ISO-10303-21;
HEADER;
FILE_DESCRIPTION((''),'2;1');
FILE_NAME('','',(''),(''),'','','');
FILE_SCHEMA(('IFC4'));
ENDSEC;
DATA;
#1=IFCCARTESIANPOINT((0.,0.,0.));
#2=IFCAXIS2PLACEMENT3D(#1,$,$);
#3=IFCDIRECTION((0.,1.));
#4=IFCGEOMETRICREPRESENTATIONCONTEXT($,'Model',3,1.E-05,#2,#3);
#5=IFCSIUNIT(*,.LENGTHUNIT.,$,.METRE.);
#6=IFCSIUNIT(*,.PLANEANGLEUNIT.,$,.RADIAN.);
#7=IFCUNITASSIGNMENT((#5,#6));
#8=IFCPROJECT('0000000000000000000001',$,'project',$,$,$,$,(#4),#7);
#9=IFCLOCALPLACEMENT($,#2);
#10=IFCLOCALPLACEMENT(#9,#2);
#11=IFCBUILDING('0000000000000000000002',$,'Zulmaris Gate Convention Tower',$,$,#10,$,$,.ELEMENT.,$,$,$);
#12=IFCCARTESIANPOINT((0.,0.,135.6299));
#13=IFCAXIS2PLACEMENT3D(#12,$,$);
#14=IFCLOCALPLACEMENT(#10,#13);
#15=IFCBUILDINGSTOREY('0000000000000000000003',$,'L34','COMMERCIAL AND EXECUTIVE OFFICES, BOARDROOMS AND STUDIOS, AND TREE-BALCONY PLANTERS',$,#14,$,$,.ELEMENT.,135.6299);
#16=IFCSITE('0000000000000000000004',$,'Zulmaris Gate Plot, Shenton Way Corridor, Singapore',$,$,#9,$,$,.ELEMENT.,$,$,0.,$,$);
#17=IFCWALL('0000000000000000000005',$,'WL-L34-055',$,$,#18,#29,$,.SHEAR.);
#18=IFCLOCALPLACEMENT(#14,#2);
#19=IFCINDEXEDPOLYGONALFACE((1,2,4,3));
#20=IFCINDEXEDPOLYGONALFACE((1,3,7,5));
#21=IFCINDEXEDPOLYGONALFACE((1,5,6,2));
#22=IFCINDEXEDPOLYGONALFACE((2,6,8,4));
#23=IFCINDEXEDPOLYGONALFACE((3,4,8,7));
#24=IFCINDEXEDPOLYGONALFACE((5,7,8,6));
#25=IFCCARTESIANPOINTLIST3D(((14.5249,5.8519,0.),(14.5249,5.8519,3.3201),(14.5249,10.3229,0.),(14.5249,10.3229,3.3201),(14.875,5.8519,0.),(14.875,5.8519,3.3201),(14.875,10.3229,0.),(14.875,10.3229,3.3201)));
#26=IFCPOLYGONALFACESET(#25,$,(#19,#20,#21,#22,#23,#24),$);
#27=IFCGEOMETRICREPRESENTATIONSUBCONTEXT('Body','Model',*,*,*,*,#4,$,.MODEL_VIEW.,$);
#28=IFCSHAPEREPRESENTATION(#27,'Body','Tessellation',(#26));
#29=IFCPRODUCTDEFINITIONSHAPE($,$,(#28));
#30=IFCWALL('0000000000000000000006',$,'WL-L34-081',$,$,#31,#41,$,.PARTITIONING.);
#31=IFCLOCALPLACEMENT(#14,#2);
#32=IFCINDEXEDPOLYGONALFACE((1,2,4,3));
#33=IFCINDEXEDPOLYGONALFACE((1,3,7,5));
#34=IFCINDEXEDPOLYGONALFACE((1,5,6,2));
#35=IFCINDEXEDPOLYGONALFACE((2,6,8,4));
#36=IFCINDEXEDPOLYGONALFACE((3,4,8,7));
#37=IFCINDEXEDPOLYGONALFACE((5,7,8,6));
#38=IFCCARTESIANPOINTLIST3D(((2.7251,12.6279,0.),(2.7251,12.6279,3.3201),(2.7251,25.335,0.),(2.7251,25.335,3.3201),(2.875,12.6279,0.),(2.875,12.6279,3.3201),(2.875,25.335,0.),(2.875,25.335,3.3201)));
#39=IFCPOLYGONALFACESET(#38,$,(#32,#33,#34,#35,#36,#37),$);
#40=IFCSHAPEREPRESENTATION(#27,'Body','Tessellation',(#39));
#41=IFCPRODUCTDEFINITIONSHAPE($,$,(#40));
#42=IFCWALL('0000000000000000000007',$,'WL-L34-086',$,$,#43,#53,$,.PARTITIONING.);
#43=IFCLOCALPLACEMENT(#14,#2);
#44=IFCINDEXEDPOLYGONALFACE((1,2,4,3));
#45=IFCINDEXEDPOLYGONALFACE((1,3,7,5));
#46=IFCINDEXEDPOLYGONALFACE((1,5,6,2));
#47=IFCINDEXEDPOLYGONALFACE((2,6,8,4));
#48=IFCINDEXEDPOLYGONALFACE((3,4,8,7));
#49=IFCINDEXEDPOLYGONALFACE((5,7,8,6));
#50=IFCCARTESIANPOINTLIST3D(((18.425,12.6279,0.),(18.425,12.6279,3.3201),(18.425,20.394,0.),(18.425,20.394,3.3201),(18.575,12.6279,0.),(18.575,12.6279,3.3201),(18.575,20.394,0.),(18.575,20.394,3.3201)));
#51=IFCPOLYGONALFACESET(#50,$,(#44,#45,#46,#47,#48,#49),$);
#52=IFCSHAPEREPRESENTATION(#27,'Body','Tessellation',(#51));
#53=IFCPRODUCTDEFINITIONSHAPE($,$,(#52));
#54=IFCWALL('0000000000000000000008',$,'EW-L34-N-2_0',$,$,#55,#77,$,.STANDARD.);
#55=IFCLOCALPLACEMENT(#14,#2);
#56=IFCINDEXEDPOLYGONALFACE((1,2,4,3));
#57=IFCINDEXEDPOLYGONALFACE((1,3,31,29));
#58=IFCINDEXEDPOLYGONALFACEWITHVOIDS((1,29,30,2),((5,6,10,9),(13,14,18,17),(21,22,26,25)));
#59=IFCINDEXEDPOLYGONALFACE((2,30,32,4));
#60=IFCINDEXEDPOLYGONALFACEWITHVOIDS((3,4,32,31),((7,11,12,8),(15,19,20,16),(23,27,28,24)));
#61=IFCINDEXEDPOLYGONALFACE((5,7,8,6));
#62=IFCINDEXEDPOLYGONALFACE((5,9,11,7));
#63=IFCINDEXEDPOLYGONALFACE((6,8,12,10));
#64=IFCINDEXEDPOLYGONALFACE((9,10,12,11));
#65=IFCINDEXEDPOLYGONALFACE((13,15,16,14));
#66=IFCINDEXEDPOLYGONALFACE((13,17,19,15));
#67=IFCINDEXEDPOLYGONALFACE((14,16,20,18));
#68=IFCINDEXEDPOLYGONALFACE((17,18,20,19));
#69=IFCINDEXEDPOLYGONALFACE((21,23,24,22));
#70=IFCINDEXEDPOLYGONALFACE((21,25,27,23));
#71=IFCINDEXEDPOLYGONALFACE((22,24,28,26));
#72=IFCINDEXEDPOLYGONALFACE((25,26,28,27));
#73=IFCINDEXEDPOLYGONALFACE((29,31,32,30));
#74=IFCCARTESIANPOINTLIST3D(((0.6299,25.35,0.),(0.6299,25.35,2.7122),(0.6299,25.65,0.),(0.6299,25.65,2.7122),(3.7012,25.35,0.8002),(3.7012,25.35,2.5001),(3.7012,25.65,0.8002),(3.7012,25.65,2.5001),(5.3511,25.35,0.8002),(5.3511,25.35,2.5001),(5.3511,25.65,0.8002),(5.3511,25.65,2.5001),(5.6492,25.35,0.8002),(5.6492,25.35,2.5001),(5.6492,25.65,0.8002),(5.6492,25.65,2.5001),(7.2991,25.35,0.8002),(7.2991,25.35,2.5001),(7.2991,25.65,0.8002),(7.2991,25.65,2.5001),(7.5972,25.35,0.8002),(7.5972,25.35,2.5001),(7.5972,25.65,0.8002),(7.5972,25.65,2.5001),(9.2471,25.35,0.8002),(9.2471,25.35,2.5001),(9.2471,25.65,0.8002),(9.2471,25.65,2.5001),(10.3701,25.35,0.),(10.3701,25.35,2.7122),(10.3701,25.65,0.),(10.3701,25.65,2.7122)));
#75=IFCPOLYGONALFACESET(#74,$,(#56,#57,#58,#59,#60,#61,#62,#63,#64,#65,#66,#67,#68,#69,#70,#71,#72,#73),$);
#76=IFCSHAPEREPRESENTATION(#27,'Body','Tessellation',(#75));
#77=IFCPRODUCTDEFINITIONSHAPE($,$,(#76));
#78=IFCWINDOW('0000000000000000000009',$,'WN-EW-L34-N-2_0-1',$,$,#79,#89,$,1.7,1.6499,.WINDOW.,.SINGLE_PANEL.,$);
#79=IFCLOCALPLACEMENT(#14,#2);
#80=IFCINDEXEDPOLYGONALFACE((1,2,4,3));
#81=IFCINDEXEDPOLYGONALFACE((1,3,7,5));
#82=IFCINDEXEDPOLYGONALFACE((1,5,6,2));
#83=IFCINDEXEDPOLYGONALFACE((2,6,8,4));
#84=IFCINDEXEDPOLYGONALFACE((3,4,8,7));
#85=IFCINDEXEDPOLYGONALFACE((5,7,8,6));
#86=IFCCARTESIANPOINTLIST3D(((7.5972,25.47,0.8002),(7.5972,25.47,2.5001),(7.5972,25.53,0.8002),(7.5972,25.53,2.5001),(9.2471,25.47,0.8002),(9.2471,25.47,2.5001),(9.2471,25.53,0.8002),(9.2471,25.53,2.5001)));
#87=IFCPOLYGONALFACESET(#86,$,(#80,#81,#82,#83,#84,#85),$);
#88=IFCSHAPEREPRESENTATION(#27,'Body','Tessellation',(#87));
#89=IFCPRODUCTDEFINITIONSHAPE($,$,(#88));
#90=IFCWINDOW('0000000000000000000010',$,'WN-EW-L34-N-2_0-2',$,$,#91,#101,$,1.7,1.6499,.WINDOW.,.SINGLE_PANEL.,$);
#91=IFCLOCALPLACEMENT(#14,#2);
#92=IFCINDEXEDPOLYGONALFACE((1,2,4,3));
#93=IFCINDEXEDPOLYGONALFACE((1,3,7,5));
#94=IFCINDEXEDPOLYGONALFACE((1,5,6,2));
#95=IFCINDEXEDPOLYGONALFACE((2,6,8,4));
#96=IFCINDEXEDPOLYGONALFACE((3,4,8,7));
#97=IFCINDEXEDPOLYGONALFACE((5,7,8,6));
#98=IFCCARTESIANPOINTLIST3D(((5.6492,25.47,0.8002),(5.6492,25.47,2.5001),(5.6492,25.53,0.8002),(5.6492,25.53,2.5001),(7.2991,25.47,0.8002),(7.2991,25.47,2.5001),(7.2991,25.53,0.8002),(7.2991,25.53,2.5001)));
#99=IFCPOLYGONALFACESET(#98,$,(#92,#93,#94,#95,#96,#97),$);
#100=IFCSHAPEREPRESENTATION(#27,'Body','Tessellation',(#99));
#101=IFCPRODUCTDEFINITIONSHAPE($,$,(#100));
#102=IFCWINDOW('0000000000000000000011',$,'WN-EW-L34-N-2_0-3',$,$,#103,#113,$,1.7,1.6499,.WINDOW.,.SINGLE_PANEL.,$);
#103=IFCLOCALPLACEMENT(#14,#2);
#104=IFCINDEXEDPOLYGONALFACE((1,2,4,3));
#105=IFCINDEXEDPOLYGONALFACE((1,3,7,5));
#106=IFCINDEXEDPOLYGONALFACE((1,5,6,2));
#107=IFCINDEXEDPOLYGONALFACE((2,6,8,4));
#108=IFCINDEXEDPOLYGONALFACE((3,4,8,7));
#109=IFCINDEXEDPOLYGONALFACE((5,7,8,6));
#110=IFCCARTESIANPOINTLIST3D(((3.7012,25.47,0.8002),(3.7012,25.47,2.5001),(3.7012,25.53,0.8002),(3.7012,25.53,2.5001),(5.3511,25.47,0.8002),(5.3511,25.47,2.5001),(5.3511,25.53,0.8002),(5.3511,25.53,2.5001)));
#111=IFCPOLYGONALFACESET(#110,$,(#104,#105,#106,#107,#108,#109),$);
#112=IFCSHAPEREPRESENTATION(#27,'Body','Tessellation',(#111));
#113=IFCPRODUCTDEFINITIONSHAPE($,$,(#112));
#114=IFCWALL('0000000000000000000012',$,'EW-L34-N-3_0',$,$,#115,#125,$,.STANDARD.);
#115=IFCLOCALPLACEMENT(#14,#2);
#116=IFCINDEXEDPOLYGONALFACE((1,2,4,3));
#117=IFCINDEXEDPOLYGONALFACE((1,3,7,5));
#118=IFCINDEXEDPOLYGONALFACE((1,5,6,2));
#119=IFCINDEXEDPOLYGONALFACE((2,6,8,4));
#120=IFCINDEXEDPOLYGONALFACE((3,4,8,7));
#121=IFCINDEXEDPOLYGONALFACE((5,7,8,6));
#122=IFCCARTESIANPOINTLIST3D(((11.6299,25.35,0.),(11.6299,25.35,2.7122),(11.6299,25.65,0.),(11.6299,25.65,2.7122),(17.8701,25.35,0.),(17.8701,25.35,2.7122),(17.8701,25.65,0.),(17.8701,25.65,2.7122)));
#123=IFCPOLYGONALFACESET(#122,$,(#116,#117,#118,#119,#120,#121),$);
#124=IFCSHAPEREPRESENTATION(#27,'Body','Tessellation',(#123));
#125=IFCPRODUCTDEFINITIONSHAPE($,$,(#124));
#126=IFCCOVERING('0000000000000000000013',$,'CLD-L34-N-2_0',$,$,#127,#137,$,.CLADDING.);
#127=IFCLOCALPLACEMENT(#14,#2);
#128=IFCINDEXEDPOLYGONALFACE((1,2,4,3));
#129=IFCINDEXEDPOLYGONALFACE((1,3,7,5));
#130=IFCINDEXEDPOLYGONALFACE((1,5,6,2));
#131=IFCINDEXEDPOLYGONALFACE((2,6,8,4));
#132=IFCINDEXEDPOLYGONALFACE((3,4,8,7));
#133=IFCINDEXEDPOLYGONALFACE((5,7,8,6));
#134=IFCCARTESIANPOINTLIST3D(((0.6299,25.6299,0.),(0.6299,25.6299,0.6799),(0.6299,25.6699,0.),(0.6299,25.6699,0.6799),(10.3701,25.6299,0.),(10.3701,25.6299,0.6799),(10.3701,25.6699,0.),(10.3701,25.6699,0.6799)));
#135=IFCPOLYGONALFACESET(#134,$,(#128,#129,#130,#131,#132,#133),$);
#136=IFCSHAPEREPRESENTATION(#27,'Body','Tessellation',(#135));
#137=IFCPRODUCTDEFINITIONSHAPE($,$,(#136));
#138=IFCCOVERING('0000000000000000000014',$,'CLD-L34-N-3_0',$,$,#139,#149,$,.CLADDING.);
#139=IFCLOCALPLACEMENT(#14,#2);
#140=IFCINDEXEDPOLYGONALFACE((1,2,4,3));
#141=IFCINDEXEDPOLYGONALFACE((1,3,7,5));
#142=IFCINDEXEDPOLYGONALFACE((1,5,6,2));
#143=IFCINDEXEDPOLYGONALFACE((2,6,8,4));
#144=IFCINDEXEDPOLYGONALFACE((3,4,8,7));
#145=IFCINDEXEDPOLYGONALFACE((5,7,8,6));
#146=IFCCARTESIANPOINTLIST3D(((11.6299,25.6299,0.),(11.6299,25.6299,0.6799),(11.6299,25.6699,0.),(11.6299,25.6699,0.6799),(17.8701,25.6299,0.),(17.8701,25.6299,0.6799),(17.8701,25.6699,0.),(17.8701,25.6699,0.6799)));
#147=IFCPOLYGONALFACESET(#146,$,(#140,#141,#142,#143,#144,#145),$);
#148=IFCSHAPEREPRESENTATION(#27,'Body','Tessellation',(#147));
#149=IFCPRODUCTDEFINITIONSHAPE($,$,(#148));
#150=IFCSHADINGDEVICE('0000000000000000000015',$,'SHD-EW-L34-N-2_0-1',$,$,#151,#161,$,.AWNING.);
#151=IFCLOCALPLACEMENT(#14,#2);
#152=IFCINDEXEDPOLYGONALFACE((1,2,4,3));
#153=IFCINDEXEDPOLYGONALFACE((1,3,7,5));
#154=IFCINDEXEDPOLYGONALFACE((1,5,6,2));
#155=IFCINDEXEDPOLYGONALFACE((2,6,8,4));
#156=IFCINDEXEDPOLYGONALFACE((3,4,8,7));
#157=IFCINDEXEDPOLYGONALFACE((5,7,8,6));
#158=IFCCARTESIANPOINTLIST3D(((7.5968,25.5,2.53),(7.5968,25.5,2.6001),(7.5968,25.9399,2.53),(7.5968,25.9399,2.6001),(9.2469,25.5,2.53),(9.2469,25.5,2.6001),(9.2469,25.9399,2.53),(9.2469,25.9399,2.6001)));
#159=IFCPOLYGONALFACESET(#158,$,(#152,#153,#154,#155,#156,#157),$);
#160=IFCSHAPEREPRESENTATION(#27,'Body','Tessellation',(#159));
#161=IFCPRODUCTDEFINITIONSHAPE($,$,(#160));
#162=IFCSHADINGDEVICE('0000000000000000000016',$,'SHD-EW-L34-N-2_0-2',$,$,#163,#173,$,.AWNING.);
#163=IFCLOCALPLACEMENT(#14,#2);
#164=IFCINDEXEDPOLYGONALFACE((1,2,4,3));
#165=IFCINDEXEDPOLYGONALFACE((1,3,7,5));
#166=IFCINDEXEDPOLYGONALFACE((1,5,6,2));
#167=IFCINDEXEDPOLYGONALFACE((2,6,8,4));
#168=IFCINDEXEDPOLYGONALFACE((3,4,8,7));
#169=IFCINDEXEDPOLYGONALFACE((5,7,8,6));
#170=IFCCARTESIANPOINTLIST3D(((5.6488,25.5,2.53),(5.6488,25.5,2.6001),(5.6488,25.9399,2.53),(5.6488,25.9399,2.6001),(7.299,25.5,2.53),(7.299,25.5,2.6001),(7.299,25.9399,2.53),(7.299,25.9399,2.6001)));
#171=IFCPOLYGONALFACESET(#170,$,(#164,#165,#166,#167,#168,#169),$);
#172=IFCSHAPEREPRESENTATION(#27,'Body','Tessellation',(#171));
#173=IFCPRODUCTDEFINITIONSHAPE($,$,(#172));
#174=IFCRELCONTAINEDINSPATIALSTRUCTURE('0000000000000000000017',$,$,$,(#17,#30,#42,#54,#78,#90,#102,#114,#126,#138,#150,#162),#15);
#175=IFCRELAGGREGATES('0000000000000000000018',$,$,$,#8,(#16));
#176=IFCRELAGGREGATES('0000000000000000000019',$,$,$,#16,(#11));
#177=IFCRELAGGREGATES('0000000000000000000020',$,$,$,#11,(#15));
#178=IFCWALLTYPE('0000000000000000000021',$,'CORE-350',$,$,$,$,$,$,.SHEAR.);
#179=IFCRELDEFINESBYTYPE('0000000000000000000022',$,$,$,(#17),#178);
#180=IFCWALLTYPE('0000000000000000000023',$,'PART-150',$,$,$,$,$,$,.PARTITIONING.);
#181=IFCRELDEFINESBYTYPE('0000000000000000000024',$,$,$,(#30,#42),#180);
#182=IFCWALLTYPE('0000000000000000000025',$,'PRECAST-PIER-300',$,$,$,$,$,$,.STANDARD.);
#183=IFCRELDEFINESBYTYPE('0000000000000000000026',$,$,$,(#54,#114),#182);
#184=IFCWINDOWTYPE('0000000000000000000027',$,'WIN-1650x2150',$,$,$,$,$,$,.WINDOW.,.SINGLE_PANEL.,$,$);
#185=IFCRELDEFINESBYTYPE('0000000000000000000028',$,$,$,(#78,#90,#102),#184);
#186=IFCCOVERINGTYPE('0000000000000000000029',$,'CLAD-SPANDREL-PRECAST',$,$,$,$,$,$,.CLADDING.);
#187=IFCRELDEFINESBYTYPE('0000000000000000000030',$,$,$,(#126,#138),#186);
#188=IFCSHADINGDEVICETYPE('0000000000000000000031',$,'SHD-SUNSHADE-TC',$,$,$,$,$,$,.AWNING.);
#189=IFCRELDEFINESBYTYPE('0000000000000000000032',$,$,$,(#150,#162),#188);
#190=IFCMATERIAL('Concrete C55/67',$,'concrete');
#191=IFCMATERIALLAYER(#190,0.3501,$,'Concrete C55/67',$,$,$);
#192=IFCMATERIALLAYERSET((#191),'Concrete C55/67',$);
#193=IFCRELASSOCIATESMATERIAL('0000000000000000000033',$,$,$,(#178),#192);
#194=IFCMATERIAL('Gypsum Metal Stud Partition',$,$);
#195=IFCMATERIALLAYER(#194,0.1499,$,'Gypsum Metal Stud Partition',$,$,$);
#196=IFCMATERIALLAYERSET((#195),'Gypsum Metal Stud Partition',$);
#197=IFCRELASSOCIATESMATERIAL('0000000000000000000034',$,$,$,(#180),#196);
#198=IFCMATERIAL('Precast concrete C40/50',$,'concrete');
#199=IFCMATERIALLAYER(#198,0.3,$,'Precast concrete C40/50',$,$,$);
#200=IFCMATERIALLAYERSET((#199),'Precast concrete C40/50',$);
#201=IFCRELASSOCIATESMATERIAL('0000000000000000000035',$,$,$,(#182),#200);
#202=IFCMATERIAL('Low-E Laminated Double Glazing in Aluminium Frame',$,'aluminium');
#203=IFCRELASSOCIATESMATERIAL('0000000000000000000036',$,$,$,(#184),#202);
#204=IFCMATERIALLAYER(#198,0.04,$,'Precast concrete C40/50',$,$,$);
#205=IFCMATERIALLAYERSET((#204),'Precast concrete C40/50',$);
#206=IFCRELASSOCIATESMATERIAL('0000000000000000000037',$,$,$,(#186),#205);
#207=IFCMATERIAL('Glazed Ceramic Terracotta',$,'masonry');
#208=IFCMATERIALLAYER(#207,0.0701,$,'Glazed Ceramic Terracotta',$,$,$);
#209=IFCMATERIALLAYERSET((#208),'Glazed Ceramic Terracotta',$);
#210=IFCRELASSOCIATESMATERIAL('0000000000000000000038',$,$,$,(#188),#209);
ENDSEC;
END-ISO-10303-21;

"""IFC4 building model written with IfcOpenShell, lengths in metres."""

from ifc_helpers import new_model, si_unit, direction, frame, frame_2d, origin, place, context, subcontext, project, spatial, rectangle, extrude, material, layer, layer_set, type_object, element, fill, save


model = new_model("IFC4")

# Units and contexts
model_context = context("Model", 3, precision=1e-05, world=origin(), true_north=direction((0.0, 1.0)))
body_context = subcontext(model_context, "Body", "Model", "MODEL_VIEW")
ifc_project = project(units=[si_unit("LENGTHUNIT", "METRE"), si_unit("PLANEANGLEUNIT", "RADIAN")], contexts=[model_context])

# Site, building, storey
site_placement = place(None, origin())
site = spatial("IfcSite", under=ifc_project, at=site_placement, Name="Zulmaris Gate Plot, Shenton Way Corridor, Singapore", CompositionType="ELEMENT", RefElevation=0.0)
building_placement = place(site_placement, origin())
building = spatial("IfcBuilding", under=site, at=building_placement, Name="Zulmaris Gate Convention Tower", CompositionType="ELEMENT")
storey_placement = place(building_placement, frame((0.0, 0.0, 135.6299)))
storey = spatial("IfcBuildingStorey", under=building, at=storey_placement, Name="L34", Description="COMMERCIAL AND EXECUTIVE OFFICES, BOARDROOMS AND STUDIOS, AND TREE-BALCONY PLANTERS", CompositionType="ELEMENT", Elevation=135.6299)

# Shared definitions
ifc_material_1 = material(Name="Concrete C55/67", Category="concrete")
ifc_layer_1 = layer(ifc_material_1, 0.3501, Name="Concrete C55/67")
ifc_layer_set_1 = layer_set([ifc_layer_1], Name="Concrete C55/67")
wall_type_1 = type_object("IfcWallType", Name="CORE-350", PredefinedType="SHEAR", material=ifc_layer_set_1)

# Walls
wall_1_placement = place(storey_placement, frame((14.7, 5.8521, 0.0), z_axis=(0.0, 0.0, 1.0), x_axis=(0.0, 1.0, 0.0)))
element("IfcWall", 1, at=wall_1_placement, inside=storey, type_object=wall_type_1, Name="WL-L34-055", PredefinedType="SHEAR", context=body_context, shape_type="SweptSolid", body=[
    extrude(rectangle(XDim=4.4709, YDim=0.3501, at=frame_2d((2.2354, 0.0))), origin(), (0.0, 0.0, 1.0), 3.3201),
])
ifc_material_2 = material(Name="Gypsum Metal Stud Partition")
ifc_layer_2 = layer(ifc_material_2, 0.1499, Name="Gypsum Metal Stud Partition")
ifc_layer_set_2 = layer_set([ifc_layer_2], Name="Gypsum Metal Stud Partition")
wall_type_2 = type_object("IfcWallType", Name="PART-150", PredefinedType="PARTITIONING", material=ifc_layer_set_2)
wall_2_placement = place(storey_placement, frame((2.8, 12.6279, 0.0), z_axis=(0.0, 0.0, 1.0), x_axis=(0.0, 1.0, 0.0)))
element("IfcWall", 2, at=wall_2_placement, inside=storey, type_object=wall_type_2, Name="WL-L34-081", PredefinedType="PARTITIONING", context=body_context, shape_type="SweptSolid", body=[
    extrude(rectangle(XDim=12.707, YDim=0.1499, at=frame_2d((6.3535, 0.0))), origin(), (0.0, 0.0, 1.0), 3.3201),
])
wall_3_placement = place(storey_placement, frame((18.5, 12.6279, 0.0), z_axis=(0.0, 0.0, 1.0), x_axis=(0.0, 1.0, 0.0)))
element("IfcWall", 3, at=wall_3_placement, inside=storey, type_object=wall_type_2, Name="WL-L34-086", PredefinedType="PARTITIONING", context=body_context, shape_type="SweptSolid", body=[
    extrude(rectangle(XDim=7.7661, YDim=0.1499, at=frame_2d((3.8831, 0.0))), origin(), (0.0, 0.0, 1.0), 3.3201),
])

# Wall, openings, windows
ifc_material_3 = material(Name="Precast concrete C40/50", Category="concrete")
ifc_layer_3 = layer(ifc_material_3, 0.3, Name="Precast concrete C40/50")
ifc_layer_set_3 = layer_set([ifc_layer_3], Name="Precast concrete C40/50")
wall_type_3 = type_object("IfcWallType", Name="PRECAST-PIER-300", PredefinedType="STANDARD", material=ifc_layer_set_3)
wall_4_placement = place(storey_placement, frame((10.3701, 25.5, 0.0), z_axis=(0.0, 0.0, 1.0), x_axis=(-1.0, 0.0, 0.0)))
wall_4 = element("IfcWall", 4, at=wall_4_placement, inside=storey, type_object=wall_type_3, Name="EW-L34-N-2_0", PredefinedType="STANDARD", context=body_context, shape_type="SweptSolid", body=[
    extrude(rectangle(XDim=9.7402, YDim=0.3, at=frame_2d((4.8701, 0.0))), origin(), (0.0, 0.0, 1.0), 2.7122),
])
opening_1_placement = place(wall_4_placement, frame((1.123, 0.0, 0.8)))
opening_1 = element("IfcOpeningElement", 5, at=opening_1_placement, cuts=wall_4, PredefinedType="OPENING", context=body_context, shape_type="SweptSolid", body=[
    extrude(rectangle(XDim=1.6499, YDim=1.7, at=frame_2d((0.825, 0.8501))), frame((0.0, 0.1602, 0.0), z_axis=(0.0, -1.0, 0.0), x_axis=(1.0, 0.0, 0.0)), (0.0, 0.0, 1.0), 0.3201),
])
opening_2_placement = place(wall_4_placement, frame((3.071, 0.0, 0.8)))
opening_2 = element("IfcOpeningElement", 6, at=opening_2_placement, cuts=wall_4, PredefinedType="OPENING", context=body_context, shape_type="SweptSolid", body=[
    extrude(rectangle(XDim=1.6499, YDim=1.7, at=frame_2d((0.825, 0.8501))), frame((0.0, 0.1602, 0.0), z_axis=(0.0, -1.0, 0.0), x_axis=(1.0, 0.0, 0.0)), (0.0, 0.0, 1.0), 0.3201),
])
opening_3_placement = place(wall_4_placement, frame((5.019, 0.0, 0.8)))
opening_3 = element("IfcOpeningElement", 7, at=opening_3_placement, cuts=wall_4, PredefinedType="OPENING", context=body_context, shape_type="SweptSolid", body=[
    extrude(rectangle(XDim=1.6499, YDim=1.7, at=frame_2d((0.825, 0.8501))), frame((0.0, 0.1602, 0.0), z_axis=(0.0, -1.0, 0.0), x_axis=(1.0, 0.0, 0.0)), (0.0, 0.0, 1.0), 0.3201),
])
ifc_material_4 = material(Name="Low-E Laminated Double Glazing in Aluminium Frame", Category="aluminium")
window_type = type_object("IfcWindowType", Name="WIN-1650x2150", PartitioningType="SINGLE_PANEL", PredefinedType="WINDOW", material=ifc_material_4)
window_1_placement = place(opening_1_placement, origin())
window_1 = element("IfcWindow", 8, at=window_1_placement, inside=storey, type_object=window_type, Name="WN-EW-L34-N-2_0-1", OverallHeight=1.7, OverallWidth=1.6499, PartitioningType="SINGLE_PANEL", PredefinedType="WINDOW", context=body_context, shape_type="SweptSolid", body=[
    extrude(rectangle(XDim=1.6499, YDim=1.7, at=frame_2d((0.825, 0.8501))), frame((0.0, 0.03, 0.0), z_axis=(0.0, -1.0, 0.0), x_axis=(1.0, 0.0, 0.0)), (0.0, 0.0, 1.0), 0.0601),
])
fill(opening_1, window_1)
window_2_placement = place(opening_2_placement, origin())
window_2 = element("IfcWindow", 9, at=window_2_placement, inside=storey, type_object=window_type, Name="WN-EW-L34-N-2_0-2", OverallHeight=1.7, OverallWidth=1.6499, PartitioningType="SINGLE_PANEL", PredefinedType="WINDOW", context=body_context, shape_type="SweptSolid", body=[
    extrude(rectangle(XDim=1.6499, YDim=1.7, at=frame_2d((0.825, 0.8501))), frame((0.0, 0.03, 0.0), z_axis=(0.0, -1.0, 0.0), x_axis=(1.0, 0.0, 0.0)), (0.0, 0.0, 1.0), 0.0601),
])
fill(opening_2, window_2)
window_3_placement = place(opening_3_placement, origin())
window_3 = element("IfcWindow", 10, at=window_3_placement, inside=storey, type_object=window_type, Name="WN-EW-L34-N-2_0-3", OverallHeight=1.7, OverallWidth=1.6499, PartitioningType="SINGLE_PANEL", PredefinedType="WINDOW", context=body_context, shape_type="SweptSolid", body=[
    extrude(rectangle(XDim=1.6499, YDim=1.7, at=frame_2d((0.825, 0.8501))), frame((0.0, 0.03, 0.0), z_axis=(0.0, -1.0, 0.0), x_axis=(1.0, 0.0, 0.0)), (0.0, 0.0, 1.0), 0.0601),
])
fill(opening_3, window_3)

# Wall
wall_5_placement = place(storey_placement, frame((17.8701, 25.5, 0.0), z_axis=(0.0, 0.0, 1.0), x_axis=(-1.0, 0.0, 0.0)))
element("IfcWall", 11, at=wall_5_placement, inside=storey, type_object=wall_type_3, Name="EW-L34-N-3_0", PredefinedType="STANDARD", context=body_context, shape_type="SweptSolid", body=[
    extrude(rectangle(XDim=6.2402, YDim=0.3, at=frame_2d((3.1201, 0.0))), origin(), (0.0, 0.0, 1.0), 2.7122),
])

# Coverings
ifc_layer_4 = layer(ifc_material_3, 0.04, Name="Precast concrete C40/50")
ifc_layer_set_4 = layer_set([ifc_layer_4], Name="Precast concrete C40/50")
covering_type = type_object("IfcCoveringType", Name="CLAD-SPANDREL-PRECAST", PredefinedType="CLADDING", material=ifc_layer_set_4)
covering_1_placement = place(storey_placement, frame((10.3701, 25.6499, 0.0), z_axis=(0.0, 0.0, 1.0), x_axis=(-1.0, 0.0, 0.0)))
element("IfcCovering", 12, at=covering_1_placement, inside=storey, type_object=covering_type, Name="CLD-L34-N-2_0", PredefinedType="CLADDING", context=body_context, shape_type="SweptSolid", body=[
    extrude(rectangle(XDim=9.7402, YDim=0.04, at=frame_2d((4.8701, 0.0))), origin(), (0.0, 0.0, 1.0), 0.6799),
])
covering_2_placement = place(storey_placement, frame((17.8701, 25.6499, 0.0), z_axis=(0.0, 0.0, 1.0), x_axis=(-1.0, 0.0, 0.0)))
element("IfcCovering", 13, at=covering_2_placement, inside=storey, type_object=covering_type, Name="CLD-L34-N-3_0", PredefinedType="CLADDING", context=body_context, shape_type="SweptSolid", body=[
    extrude(rectangle(XDim=6.2402, YDim=0.04, at=frame_2d((3.1201, 0.0))), origin(), (0.0, 0.0, 1.0), 0.6799),
])

# Shading devices
ifc_material_5 = material(Name="Glazed Ceramic Terracotta", Category="masonry")
ifc_layer_5 = layer(ifc_material_5, 0.0701, Name="Glazed Ceramic Terracotta")
ifc_layer_set_5 = layer_set([ifc_layer_5], Name="Glazed Ceramic Terracotta")
shading_device_type = type_object("IfcShadingDeviceType", Name="SHD-SUNSHADE-TC", PredefinedType="AWNING", material=ifc_layer_set_5)
for number, where, z_axis, x_axis, name in (
    (14, (9.2471, 25.72, 2.53), (0.0, 0.0, 1.0), (-1.0, 0.0, 0.0), "SHD-EW-L34-N-2_0-1"),
    (15, (7.2991, 25.72, 2.53), (0.0, 0.0, 1.0), (-1.0, 0.0, 0.0), "SHD-EW-L34-N-2_0-2"),
):
    element("IfcShadingDevice", number, at=place(storey_placement, frame(where, z_axis=z_axis, x_axis=x_axis)), inside=storey, type_object=shading_device_type, Name=name, PredefinedType="AWNING", context=body_context, shape_type="SweptSolid", body=[
        extrude(rectangle(XDim=1.6501, YDim=0.4399, at=frame_2d((0.8252, 0.0))), origin(), (0.0, 0.0, 1.0), 0.0701),
    ])

save(model, "model.ifc")
